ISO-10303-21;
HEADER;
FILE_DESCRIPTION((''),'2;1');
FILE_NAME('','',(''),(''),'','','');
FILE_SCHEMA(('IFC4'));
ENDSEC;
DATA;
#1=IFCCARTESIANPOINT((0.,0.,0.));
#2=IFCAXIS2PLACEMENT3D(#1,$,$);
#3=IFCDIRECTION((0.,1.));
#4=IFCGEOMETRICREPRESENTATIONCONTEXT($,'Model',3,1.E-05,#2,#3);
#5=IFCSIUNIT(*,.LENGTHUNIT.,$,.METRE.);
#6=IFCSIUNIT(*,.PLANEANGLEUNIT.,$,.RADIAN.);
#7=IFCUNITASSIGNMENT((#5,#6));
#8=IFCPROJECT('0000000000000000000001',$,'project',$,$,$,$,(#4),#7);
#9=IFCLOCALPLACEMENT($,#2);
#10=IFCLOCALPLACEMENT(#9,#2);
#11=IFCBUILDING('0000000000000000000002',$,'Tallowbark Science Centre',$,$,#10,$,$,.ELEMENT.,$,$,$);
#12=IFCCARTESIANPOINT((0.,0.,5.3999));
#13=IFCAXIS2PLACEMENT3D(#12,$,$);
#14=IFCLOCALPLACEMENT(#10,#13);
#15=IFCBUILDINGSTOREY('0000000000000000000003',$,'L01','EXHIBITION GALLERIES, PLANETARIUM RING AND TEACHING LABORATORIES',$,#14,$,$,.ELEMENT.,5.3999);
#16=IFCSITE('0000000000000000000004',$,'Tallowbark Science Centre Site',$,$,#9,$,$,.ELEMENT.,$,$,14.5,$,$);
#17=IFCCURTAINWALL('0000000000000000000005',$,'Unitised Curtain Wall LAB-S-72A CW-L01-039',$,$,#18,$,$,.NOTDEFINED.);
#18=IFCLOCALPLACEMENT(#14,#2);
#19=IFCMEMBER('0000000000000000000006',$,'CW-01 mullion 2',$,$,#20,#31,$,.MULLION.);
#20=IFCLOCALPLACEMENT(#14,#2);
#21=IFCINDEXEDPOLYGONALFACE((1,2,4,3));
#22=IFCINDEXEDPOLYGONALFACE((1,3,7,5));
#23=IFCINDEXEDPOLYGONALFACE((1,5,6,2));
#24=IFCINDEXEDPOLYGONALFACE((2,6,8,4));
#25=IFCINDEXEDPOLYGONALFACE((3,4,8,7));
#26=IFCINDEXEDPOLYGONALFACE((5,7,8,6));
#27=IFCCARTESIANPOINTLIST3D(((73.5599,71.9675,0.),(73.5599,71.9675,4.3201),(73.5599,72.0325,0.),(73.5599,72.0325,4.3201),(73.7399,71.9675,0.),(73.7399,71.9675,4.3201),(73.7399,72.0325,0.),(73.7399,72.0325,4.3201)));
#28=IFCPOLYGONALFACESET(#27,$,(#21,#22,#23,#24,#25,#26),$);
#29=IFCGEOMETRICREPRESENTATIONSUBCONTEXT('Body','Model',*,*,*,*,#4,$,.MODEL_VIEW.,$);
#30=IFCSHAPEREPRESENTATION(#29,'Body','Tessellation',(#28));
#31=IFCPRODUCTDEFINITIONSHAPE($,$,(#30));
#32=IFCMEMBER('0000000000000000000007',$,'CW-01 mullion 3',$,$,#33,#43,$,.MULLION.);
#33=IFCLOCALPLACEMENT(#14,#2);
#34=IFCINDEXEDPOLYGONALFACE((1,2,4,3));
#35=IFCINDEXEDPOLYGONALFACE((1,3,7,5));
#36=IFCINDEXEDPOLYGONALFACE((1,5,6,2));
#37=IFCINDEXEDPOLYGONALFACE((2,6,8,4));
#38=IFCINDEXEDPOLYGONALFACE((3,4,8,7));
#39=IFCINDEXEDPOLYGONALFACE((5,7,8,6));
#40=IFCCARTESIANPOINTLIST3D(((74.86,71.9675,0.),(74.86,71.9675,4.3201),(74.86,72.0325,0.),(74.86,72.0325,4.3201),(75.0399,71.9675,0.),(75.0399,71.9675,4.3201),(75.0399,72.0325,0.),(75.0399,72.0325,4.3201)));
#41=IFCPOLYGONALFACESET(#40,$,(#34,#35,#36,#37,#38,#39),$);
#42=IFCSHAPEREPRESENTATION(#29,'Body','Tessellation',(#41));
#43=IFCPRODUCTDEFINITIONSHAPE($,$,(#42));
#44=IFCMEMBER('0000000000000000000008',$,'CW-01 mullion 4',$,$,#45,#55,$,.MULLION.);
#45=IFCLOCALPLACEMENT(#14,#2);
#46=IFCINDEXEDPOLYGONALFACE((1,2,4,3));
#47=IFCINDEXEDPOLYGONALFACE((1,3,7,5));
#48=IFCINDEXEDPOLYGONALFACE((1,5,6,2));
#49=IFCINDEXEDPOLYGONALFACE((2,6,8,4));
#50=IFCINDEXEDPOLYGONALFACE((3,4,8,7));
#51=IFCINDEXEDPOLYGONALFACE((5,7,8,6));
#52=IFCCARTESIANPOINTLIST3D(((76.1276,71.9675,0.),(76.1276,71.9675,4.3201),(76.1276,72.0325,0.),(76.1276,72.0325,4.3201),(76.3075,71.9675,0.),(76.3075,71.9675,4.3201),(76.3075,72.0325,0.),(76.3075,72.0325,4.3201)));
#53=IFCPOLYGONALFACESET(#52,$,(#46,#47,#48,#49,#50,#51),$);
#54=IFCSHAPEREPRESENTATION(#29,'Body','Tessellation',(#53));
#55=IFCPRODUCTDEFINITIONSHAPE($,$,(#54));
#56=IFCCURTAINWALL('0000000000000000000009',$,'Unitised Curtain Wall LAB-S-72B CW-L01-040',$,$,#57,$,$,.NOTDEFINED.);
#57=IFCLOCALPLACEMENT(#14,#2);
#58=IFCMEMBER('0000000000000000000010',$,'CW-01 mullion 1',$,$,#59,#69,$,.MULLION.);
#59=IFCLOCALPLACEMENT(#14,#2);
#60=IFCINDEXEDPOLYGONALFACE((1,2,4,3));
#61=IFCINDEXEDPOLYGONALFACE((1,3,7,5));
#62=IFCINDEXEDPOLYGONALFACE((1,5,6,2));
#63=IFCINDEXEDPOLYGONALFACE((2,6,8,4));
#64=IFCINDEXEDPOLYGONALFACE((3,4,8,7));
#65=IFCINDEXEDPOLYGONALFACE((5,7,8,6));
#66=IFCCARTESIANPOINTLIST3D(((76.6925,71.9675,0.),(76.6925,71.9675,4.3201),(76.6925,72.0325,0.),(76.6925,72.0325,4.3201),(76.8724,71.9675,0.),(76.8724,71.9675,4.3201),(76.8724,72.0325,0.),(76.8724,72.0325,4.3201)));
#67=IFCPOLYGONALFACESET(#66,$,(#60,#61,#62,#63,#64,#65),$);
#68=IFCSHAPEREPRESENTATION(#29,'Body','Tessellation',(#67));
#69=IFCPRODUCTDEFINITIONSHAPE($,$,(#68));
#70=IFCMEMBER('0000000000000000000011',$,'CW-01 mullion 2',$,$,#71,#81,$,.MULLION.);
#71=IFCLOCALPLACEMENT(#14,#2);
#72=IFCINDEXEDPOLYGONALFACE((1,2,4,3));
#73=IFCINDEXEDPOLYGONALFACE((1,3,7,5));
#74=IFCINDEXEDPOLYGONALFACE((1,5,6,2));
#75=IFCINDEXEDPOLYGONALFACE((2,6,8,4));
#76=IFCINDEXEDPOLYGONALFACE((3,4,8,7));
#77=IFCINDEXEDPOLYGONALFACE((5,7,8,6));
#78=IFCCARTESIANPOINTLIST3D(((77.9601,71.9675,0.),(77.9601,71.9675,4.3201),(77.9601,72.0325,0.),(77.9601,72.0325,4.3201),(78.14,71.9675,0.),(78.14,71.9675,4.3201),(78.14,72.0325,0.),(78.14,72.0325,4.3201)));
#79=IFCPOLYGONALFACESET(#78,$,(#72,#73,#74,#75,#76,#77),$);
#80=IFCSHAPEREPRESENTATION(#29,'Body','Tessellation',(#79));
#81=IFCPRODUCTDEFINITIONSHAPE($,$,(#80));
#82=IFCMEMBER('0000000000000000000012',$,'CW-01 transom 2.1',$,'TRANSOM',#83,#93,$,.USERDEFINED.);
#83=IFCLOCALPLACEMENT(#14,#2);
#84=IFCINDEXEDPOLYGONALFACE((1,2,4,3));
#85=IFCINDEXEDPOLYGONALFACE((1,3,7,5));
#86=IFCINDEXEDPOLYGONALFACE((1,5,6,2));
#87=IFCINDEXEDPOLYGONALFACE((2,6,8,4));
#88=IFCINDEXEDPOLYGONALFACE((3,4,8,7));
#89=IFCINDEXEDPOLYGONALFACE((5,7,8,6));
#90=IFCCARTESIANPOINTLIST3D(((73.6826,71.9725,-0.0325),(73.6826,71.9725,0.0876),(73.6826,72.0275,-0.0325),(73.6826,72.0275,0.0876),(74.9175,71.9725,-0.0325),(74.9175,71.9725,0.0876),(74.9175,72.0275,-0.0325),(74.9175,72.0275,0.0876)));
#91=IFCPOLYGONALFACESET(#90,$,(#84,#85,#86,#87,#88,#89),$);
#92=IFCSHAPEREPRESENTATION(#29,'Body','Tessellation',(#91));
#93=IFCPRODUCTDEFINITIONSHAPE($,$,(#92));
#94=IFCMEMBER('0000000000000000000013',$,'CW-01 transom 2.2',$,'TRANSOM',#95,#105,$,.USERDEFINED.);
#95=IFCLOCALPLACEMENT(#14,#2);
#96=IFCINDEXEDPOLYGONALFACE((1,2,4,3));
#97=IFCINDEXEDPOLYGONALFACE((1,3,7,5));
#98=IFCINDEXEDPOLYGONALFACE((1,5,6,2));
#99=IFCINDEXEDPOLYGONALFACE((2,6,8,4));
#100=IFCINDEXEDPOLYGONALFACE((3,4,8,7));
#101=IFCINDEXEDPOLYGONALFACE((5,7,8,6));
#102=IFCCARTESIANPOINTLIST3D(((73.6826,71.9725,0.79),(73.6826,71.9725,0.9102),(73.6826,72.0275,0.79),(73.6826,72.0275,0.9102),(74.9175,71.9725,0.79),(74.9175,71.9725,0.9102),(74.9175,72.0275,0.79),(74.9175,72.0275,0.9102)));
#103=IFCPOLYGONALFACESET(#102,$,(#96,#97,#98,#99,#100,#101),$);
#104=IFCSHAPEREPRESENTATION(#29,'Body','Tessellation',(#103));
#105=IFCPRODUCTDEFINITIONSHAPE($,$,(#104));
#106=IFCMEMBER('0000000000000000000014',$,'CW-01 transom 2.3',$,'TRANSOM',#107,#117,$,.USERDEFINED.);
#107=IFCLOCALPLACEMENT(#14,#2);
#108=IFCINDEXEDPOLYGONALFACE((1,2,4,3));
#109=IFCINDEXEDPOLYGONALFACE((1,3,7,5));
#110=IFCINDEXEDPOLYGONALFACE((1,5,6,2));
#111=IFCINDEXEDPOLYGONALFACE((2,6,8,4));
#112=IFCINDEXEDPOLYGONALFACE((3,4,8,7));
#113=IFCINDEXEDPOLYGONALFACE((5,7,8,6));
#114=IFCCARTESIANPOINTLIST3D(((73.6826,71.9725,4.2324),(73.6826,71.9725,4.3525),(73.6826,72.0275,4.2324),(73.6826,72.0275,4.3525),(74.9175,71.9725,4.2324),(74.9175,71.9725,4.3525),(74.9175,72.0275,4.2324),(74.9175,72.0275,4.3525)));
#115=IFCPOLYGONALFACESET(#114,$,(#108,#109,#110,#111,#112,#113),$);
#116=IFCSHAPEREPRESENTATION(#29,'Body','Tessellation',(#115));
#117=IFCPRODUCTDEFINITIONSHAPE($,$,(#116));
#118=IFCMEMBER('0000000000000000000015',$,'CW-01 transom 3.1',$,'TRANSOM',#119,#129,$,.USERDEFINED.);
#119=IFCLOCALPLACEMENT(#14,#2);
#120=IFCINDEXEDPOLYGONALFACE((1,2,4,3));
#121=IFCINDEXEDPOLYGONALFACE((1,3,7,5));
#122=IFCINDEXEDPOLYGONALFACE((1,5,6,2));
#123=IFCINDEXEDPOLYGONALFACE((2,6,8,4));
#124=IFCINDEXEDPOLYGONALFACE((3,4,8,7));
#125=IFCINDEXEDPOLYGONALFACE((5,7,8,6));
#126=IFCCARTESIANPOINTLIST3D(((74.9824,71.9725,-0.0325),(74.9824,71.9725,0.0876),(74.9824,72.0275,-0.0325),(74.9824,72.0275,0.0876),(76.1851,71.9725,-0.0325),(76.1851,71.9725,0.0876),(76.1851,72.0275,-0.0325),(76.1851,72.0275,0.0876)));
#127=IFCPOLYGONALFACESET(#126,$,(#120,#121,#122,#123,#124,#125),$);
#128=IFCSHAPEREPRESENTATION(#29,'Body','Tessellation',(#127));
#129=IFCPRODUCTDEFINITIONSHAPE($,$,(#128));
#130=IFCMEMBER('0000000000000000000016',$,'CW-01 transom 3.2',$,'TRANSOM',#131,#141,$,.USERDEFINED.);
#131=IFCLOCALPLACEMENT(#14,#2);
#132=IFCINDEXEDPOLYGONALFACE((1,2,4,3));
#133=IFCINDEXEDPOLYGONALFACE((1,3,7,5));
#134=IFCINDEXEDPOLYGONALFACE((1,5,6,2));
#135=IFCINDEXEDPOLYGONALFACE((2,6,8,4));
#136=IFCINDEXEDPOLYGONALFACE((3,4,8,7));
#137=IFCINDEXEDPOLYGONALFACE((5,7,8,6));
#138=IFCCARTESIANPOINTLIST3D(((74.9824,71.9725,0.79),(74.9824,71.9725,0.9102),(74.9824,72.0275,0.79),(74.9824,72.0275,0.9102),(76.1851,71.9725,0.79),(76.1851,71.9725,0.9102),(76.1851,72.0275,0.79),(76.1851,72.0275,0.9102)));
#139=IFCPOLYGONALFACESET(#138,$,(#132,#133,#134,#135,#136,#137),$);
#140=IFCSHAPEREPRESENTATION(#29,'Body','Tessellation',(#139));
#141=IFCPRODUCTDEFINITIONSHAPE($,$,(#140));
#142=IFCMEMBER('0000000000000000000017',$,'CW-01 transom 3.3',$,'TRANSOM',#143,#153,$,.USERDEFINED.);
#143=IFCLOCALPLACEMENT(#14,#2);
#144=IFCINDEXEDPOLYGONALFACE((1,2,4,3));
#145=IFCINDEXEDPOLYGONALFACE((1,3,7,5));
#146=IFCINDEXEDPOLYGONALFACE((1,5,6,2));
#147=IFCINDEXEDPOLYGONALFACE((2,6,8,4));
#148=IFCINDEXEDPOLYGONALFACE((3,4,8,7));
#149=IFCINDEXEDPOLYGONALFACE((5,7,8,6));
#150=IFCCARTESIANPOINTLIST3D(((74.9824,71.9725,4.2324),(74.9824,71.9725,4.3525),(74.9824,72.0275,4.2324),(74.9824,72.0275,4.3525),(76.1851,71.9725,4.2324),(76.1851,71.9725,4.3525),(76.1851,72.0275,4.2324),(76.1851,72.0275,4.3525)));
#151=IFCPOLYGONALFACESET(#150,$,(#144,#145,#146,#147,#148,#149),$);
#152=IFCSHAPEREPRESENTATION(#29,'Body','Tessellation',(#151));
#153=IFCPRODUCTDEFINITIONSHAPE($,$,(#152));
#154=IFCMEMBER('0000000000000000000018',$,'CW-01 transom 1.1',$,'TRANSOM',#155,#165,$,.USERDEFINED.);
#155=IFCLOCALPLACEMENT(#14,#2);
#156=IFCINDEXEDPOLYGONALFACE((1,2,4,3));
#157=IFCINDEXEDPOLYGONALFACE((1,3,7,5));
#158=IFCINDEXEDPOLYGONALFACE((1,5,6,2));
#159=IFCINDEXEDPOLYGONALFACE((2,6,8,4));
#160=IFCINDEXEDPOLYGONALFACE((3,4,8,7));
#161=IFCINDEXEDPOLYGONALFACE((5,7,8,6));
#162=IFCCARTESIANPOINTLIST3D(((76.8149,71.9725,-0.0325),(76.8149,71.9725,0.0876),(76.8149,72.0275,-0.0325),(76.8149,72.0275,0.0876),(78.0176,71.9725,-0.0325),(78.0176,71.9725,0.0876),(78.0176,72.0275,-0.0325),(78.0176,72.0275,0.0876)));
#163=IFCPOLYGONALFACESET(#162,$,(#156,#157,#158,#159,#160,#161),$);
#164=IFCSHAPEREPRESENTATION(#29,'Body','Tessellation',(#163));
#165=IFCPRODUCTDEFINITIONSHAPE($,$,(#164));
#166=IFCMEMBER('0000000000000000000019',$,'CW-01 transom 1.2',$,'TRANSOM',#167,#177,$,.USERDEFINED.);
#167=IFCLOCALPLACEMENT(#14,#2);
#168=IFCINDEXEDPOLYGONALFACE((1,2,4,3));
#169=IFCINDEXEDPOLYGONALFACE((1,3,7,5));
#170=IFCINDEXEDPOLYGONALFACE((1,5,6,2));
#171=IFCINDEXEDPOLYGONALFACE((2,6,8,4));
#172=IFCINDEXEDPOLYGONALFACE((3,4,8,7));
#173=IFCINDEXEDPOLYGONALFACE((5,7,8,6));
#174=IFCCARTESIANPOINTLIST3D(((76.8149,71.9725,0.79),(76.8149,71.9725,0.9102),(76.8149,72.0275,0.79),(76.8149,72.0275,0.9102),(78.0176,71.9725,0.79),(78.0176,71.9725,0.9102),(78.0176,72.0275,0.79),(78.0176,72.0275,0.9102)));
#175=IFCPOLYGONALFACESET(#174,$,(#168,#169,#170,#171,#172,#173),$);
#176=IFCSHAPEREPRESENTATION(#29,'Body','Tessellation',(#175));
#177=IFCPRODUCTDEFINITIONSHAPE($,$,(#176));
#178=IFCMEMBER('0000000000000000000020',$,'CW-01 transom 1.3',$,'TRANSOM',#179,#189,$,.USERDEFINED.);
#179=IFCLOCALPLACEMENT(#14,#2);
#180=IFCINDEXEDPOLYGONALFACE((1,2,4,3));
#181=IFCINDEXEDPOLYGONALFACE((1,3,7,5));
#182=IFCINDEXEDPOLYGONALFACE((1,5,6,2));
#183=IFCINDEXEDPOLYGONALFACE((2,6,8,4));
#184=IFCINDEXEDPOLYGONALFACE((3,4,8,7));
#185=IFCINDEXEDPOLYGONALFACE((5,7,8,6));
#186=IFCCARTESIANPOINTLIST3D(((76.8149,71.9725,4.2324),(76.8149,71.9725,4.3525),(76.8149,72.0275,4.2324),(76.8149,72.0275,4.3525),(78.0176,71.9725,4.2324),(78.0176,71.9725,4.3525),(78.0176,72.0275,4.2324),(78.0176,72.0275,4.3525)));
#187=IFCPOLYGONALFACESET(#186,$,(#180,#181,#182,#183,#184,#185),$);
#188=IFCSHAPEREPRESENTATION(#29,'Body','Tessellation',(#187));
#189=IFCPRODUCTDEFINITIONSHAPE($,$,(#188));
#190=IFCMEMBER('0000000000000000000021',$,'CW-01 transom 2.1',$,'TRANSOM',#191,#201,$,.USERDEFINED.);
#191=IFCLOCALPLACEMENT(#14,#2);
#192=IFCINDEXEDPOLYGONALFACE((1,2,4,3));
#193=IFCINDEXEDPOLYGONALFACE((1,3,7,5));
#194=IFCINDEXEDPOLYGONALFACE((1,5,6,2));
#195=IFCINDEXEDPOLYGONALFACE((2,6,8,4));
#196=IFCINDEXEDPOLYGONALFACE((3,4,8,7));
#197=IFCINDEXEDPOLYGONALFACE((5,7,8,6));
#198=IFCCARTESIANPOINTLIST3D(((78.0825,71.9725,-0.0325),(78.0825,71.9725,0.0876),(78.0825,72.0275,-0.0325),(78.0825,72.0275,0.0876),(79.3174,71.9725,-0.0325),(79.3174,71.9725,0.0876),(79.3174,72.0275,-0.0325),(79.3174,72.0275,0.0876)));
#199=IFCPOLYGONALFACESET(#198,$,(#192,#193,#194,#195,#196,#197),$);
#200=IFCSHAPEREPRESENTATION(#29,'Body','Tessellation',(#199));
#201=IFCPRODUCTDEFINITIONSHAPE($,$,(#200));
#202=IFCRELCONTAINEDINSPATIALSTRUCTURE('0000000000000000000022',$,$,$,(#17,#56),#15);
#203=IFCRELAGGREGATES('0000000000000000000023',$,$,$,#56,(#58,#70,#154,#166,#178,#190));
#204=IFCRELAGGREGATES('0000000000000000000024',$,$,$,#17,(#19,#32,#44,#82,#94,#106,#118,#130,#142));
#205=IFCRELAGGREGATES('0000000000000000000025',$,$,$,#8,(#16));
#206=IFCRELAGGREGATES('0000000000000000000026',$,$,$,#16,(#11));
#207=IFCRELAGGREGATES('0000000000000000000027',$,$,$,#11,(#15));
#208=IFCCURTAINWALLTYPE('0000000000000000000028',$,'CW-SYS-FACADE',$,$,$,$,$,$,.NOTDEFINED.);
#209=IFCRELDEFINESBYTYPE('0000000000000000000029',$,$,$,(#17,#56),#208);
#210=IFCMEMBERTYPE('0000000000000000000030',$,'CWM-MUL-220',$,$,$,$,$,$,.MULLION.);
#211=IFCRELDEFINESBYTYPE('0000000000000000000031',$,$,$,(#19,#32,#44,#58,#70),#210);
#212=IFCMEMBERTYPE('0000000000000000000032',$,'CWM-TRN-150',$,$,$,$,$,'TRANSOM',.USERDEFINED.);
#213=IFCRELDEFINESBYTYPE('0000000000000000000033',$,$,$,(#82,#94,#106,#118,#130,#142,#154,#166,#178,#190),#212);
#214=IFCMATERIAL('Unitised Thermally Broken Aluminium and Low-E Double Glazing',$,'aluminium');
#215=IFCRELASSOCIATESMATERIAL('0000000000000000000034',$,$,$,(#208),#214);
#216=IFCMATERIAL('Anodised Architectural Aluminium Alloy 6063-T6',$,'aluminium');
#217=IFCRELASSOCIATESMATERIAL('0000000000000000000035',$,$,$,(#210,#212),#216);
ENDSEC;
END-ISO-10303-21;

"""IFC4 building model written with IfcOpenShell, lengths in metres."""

from ifc_helpers import new_model, si_unit, direction, frame, origin, origin_2d, place, context, subcontext, project, spatial, rectangle, extrude, material, material_profile, profile_set, type_object, element, aggregate, save


model = new_model("IFC4")

# Units and contexts
model_context = context("Model", 3, precision=1e-05, world=origin(), true_north=direction((0.0, 1.0)))
body_context = subcontext(model_context, "Body", "Model", "MODEL_VIEW")
ifc_project = project(units=[si_unit("LENGTHUNIT", "METRE"), si_unit("PLANEANGLEUNIT", "RADIAN")], contexts=[model_context])

# Site, building, storey
site_placement = place(None, origin())
site = spatial("IfcSite", under=ifc_project, at=site_placement, Name="Tallowbark Science Centre Site", CompositionType="ELEMENT", RefElevation=14.5)
building_placement = place(site_placement, origin())
building = spatial("IfcBuilding", under=site, at=building_placement, Name="Tallowbark Science Centre", CompositionType="ELEMENT")
storey_placement = place(building_placement, frame((0.0, 0.0, 5.3999)))
storey = spatial("IfcBuildingStorey", under=building, at=storey_placement, Name="L01", Description="EXHIBITION GALLERIES, PLANETARIUM RING AND TEACHING LABORATORIES", CompositionType="ELEMENT", Elevation=5.3999)

# Curtain walls, members
ifc_material_1 = material(Name="Unitised Thermally Broken Aluminium and Low-E Double Glazing", Category="aluminium")
curtain_wall_type = type_object("IfcCurtainWallType", Name="CW-SYS-FACADE", PredefinedType="NOTDEFINED", material=ifc_material_1)
curtain_wall_1_placement = place(storey_placement, origin())
curtain_wall_1 = element("IfcCurtainWall", 1, at=curtain_wall_1_placement, inside=storey, type_object=curtain_wall_type, Name="Unitised Curtain Wall LAB-S-72A CW-L01-039", PredefinedType="NOTDEFINED")
ifc_material_2 = material(Name="Anodised Architectural Aluminium Alloy 6063-T6", Category="aluminium")
ifc_material_profile_1 = material_profile(ifc_material_2, rectangle(XDim=0.0649, YDim=0.1799, at=origin_2d()), Name="ALU65x180")
ifc_profile_set_1 = profile_set([ifc_material_profile_1], Name="Anodised Architectural Aluminium Alloy 6063-T6")
member_type_1 = type_object("IfcMemberType", Name="CWM-MUL-220", PredefinedType="MULLION", material=ifc_profile_set_1)
member_1_placement = place(storey_placement, frame((73.6499, 72.0, 0.0), z_axis=(0.0, 0.0, 1.0), x_axis=(0.0, 1.0, 0.0)))
member_1 = element("IfcMember", 2, at=member_1_placement, type_object=member_type_1, Name="CW-01 mullion 2", PredefinedType="MULLION", context=body_context, shape_type="SweptSolid", body=[
    extrude(rectangle(XDim=0.0649, YDim=0.1799, at=origin_2d()), origin(), (0.0, 0.0, 1.0), 4.3201),
])
member_2_placement = place(storey_placement, frame((74.95, 72.0, 0.0), z_axis=(0.0, 0.0, 1.0), x_axis=(0.0, 1.0, 0.0)))
member_2 = element("IfcMember", 3, at=member_2_placement, type_object=member_type_1, Name="CW-01 mullion 3", PredefinedType="MULLION", context=body_context, shape_type="SweptSolid", body=[
    extrude(rectangle(XDim=0.0649, YDim=0.1799, at=origin_2d()), origin(), (0.0, 0.0, 1.0), 4.3201),
])
member_3_placement = place(storey_placement, frame((76.2175, 72.0, 0.0), z_axis=(0.0, 0.0, 1.0), x_axis=(0.0, 1.0, 0.0)))
member_3 = element("IfcMember", 4, at=member_3_placement, type_object=member_type_1, Name="CW-01 mullion 4", PredefinedType="MULLION", context=body_context, shape_type="SweptSolid", body=[
    extrude(rectangle(XDim=0.0649, YDim=0.1799, at=origin_2d()), origin(), (0.0, 0.0, 1.0), 4.3201),
])
curtain_wall_2_placement = place(storey_placement, origin())
curtain_wall_2 = element("IfcCurtainWall", 5, at=curtain_wall_2_placement, inside=storey, type_object=curtain_wall_type, Name="Unitised Curtain Wall LAB-S-72B CW-L01-040", PredefinedType="NOTDEFINED")
member_4_placement = place(storey_placement, frame((76.7825, 72.0, 0.0), z_axis=(0.0, 0.0, 1.0), x_axis=(0.0, 1.0, 0.0)))
member_4 = element("IfcMember", 6, at=member_4_placement, type_object=member_type_1, Name="CW-01 mullion 1", PredefinedType="MULLION", context=body_context, shape_type="SweptSolid", body=[
    extrude(rectangle(XDim=0.0649, YDim=0.1799, at=origin_2d()), origin(), (0.0, 0.0, 1.0), 4.3201),
])
member_5_placement = place(storey_placement, frame((78.05, 72.0, 0.0), z_axis=(0.0, 0.0, 1.0), x_axis=(0.0, 1.0, 0.0)))
member_5 = element("IfcMember", 7, at=member_5_placement, type_object=member_type_1, Name="CW-01 mullion 2", PredefinedType="MULLION", context=body_context, shape_type="SweptSolid", body=[
    extrude(rectangle(XDim=0.0649, YDim=0.1799, at=origin_2d()), origin(), (0.0, 0.0, 1.0), 4.3201),
])

# Members
ifc_material_profile_2 = material_profile(ifc_material_2, rectangle(XDim=0.0549, YDim=0.1201, at=origin_2d()), Name="ALU55x120")
ifc_profile_set_2 = profile_set([ifc_material_profile_2], Name="Anodised Architectural Aluminium Alloy 6063-T6")
member_type_2 = type_object("IfcMemberType", Name="CWM-TRN-150", ElementType="TRANSOM", PredefinedType="USERDEFINED", material=ifc_profile_set_2)
member_6_placement = place(storey_placement, frame((73.6826, 72.0, 0.0276), z_axis=(1.0, 0.0, 0.0), x_axis=(0.0, 1.0, 0.0)))
member_6 = element("IfcMember", 8, at=member_6_placement, type_object=member_type_2, Name="CW-01 transom 2.1", ObjectType="TRANSOM", PredefinedType="USERDEFINED", context=body_context, shape_type="SweptSolid", body=[
    extrude(rectangle(XDim=0.0549, YDim=0.1201, at=origin_2d()), origin(), (0.0, 0.0, 1.0), 1.2349),
])
member_7_placement = place(storey_placement, frame((73.6826, 72.0, 0.8501), z_axis=(1.0, 0.0, 0.0), x_axis=(0.0, 1.0, 0.0)))
member_7 = element("IfcMember", 9, at=member_7_placement, type_object=member_type_2, Name="CW-01 transom 2.2", ObjectType="TRANSOM", PredefinedType="USERDEFINED", context=body_context, shape_type="SweptSolid", body=[
    extrude(rectangle(XDim=0.0549, YDim=0.1201, at=origin_2d()), origin(), (0.0, 0.0, 1.0), 1.2349),
])
member_8_placement = place(storey_placement, frame((73.6826, 72.0, 4.2925), z_axis=(1.0, 0.0, 0.0), x_axis=(0.0, 1.0, 0.0)))
member_8 = element("IfcMember", 10, at=member_8_placement, type_object=member_type_2, Name="CW-01 transom 2.3", ObjectType="TRANSOM", PredefinedType="USERDEFINED", context=body_context, shape_type="SweptSolid", body=[
    extrude(rectangle(XDim=0.0549, YDim=0.1201, at=origin_2d()), origin(), (0.0, 0.0, 1.0), 1.2349),
])
member_9_placement = place(storey_placement, frame((74.9824, 72.0, 0.0276), z_axis=(1.0, 0.0, 0.0), x_axis=(0.0, 1.0, 0.0)))
member_9 = element("IfcMember", 11, at=member_9_placement, type_object=member_type_2, Name="CW-01 transom 3.1", ObjectType="TRANSOM", PredefinedType="USERDEFINED", context=body_context, shape_type="SweptSolid", body=[
    extrude(rectangle(XDim=0.0549, YDim=0.1201, at=origin_2d()), origin(), (0.0, 0.0, 1.0), 1.2026),
])
member_10_placement = place(storey_placement, frame((74.9824, 72.0, 0.8501), z_axis=(1.0, 0.0, 0.0), x_axis=(0.0, 1.0, 0.0)))
member_10 = element("IfcMember", 12, at=member_10_placement, type_object=member_type_2, Name="CW-01 transom 3.2", ObjectType="TRANSOM", PredefinedType="USERDEFINED", context=body_context, shape_type="SweptSolid", body=[
    extrude(rectangle(XDim=0.0549, YDim=0.1201, at=origin_2d()), origin(), (0.0, 0.0, 1.0), 1.2026),
])
member_11_placement = place(storey_placement, frame((74.9824, 72.0, 4.2925), z_axis=(1.0, 0.0, 0.0), x_axis=(0.0, 1.0, 0.0)))
member_11 = element("IfcMember", 13, at=member_11_placement, type_object=member_type_2, Name="CW-01 transom 3.3", ObjectType="TRANSOM", PredefinedType="USERDEFINED", context=body_context, shape_type="SweptSolid", body=[
    extrude(rectangle(XDim=0.0549, YDim=0.1201, at=origin_2d()), origin(), (0.0, 0.0, 1.0), 1.2026),
])
member_12_placement = place(storey_placement, frame((76.8149, 72.0, 0.0276), z_axis=(1.0, 0.0, 0.0), x_axis=(0.0, 1.0, 0.0)))
member_12 = element("IfcMember", 14, at=member_12_placement, type_object=member_type_2, Name="CW-01 transom 1.1", ObjectType="TRANSOM", PredefinedType="USERDEFINED", context=body_context, shape_type="SweptSolid", body=[
    extrude(rectangle(XDim=0.0549, YDim=0.1201, at=origin_2d()), origin(), (0.0, 0.0, 1.0), 1.2026),
])
member_13_placement = place(storey_placement, frame((76.8149, 72.0, 0.8501), z_axis=(1.0, 0.0, 0.0), x_axis=(0.0, 1.0, 0.0)))
member_13 = element("IfcMember", 15, at=member_13_placement, type_object=member_type_2, Name="CW-01 transom 1.2", ObjectType="TRANSOM", PredefinedType="USERDEFINED", context=body_context, shape_type="SweptSolid", body=[
    extrude(rectangle(XDim=0.0549, YDim=0.1201, at=origin_2d()), origin(), (0.0, 0.0, 1.0), 1.2026),
])
member_14_placement = place(storey_placement, frame((76.8149, 72.0, 4.2925), z_axis=(1.0, 0.0, 0.0), x_axis=(0.0, 1.0, 0.0)))
member_14 = element("IfcMember", 16, at=member_14_placement, type_object=member_type_2, Name="CW-01 transom 1.3", ObjectType="TRANSOM", PredefinedType="USERDEFINED", context=body_context, shape_type="SweptSolid", body=[
    extrude(rectangle(XDim=0.0549, YDim=0.1201, at=origin_2d()), origin(), (0.0, 0.0, 1.0), 1.2026),
])
member_15_placement = place(storey_placement, frame((78.0825, 72.0, 0.0276), z_axis=(1.0, 0.0, 0.0), x_axis=(0.0, 1.0, 0.0)))
member_15 = element("IfcMember", 17, at=member_15_placement, type_object=member_type_2, Name="CW-01 transom 2.1", ObjectType="TRANSOM", PredefinedType="USERDEFINED", context=body_context, shape_type="SweptSolid", body=[
    extrude(rectangle(XDim=0.0549, YDim=0.1201, at=origin_2d()), origin(), (0.0, 0.0, 1.0), 1.2349),
])

aggregate(curtain_wall_2, [member_4, member_5, member_12, member_13, member_14, member_15])
aggregate(curtain_wall_1, [member_1, member_2, member_3, member_6, member_7, member_8, member_9, member_10, member_11])

save(model, "model.ifc")
